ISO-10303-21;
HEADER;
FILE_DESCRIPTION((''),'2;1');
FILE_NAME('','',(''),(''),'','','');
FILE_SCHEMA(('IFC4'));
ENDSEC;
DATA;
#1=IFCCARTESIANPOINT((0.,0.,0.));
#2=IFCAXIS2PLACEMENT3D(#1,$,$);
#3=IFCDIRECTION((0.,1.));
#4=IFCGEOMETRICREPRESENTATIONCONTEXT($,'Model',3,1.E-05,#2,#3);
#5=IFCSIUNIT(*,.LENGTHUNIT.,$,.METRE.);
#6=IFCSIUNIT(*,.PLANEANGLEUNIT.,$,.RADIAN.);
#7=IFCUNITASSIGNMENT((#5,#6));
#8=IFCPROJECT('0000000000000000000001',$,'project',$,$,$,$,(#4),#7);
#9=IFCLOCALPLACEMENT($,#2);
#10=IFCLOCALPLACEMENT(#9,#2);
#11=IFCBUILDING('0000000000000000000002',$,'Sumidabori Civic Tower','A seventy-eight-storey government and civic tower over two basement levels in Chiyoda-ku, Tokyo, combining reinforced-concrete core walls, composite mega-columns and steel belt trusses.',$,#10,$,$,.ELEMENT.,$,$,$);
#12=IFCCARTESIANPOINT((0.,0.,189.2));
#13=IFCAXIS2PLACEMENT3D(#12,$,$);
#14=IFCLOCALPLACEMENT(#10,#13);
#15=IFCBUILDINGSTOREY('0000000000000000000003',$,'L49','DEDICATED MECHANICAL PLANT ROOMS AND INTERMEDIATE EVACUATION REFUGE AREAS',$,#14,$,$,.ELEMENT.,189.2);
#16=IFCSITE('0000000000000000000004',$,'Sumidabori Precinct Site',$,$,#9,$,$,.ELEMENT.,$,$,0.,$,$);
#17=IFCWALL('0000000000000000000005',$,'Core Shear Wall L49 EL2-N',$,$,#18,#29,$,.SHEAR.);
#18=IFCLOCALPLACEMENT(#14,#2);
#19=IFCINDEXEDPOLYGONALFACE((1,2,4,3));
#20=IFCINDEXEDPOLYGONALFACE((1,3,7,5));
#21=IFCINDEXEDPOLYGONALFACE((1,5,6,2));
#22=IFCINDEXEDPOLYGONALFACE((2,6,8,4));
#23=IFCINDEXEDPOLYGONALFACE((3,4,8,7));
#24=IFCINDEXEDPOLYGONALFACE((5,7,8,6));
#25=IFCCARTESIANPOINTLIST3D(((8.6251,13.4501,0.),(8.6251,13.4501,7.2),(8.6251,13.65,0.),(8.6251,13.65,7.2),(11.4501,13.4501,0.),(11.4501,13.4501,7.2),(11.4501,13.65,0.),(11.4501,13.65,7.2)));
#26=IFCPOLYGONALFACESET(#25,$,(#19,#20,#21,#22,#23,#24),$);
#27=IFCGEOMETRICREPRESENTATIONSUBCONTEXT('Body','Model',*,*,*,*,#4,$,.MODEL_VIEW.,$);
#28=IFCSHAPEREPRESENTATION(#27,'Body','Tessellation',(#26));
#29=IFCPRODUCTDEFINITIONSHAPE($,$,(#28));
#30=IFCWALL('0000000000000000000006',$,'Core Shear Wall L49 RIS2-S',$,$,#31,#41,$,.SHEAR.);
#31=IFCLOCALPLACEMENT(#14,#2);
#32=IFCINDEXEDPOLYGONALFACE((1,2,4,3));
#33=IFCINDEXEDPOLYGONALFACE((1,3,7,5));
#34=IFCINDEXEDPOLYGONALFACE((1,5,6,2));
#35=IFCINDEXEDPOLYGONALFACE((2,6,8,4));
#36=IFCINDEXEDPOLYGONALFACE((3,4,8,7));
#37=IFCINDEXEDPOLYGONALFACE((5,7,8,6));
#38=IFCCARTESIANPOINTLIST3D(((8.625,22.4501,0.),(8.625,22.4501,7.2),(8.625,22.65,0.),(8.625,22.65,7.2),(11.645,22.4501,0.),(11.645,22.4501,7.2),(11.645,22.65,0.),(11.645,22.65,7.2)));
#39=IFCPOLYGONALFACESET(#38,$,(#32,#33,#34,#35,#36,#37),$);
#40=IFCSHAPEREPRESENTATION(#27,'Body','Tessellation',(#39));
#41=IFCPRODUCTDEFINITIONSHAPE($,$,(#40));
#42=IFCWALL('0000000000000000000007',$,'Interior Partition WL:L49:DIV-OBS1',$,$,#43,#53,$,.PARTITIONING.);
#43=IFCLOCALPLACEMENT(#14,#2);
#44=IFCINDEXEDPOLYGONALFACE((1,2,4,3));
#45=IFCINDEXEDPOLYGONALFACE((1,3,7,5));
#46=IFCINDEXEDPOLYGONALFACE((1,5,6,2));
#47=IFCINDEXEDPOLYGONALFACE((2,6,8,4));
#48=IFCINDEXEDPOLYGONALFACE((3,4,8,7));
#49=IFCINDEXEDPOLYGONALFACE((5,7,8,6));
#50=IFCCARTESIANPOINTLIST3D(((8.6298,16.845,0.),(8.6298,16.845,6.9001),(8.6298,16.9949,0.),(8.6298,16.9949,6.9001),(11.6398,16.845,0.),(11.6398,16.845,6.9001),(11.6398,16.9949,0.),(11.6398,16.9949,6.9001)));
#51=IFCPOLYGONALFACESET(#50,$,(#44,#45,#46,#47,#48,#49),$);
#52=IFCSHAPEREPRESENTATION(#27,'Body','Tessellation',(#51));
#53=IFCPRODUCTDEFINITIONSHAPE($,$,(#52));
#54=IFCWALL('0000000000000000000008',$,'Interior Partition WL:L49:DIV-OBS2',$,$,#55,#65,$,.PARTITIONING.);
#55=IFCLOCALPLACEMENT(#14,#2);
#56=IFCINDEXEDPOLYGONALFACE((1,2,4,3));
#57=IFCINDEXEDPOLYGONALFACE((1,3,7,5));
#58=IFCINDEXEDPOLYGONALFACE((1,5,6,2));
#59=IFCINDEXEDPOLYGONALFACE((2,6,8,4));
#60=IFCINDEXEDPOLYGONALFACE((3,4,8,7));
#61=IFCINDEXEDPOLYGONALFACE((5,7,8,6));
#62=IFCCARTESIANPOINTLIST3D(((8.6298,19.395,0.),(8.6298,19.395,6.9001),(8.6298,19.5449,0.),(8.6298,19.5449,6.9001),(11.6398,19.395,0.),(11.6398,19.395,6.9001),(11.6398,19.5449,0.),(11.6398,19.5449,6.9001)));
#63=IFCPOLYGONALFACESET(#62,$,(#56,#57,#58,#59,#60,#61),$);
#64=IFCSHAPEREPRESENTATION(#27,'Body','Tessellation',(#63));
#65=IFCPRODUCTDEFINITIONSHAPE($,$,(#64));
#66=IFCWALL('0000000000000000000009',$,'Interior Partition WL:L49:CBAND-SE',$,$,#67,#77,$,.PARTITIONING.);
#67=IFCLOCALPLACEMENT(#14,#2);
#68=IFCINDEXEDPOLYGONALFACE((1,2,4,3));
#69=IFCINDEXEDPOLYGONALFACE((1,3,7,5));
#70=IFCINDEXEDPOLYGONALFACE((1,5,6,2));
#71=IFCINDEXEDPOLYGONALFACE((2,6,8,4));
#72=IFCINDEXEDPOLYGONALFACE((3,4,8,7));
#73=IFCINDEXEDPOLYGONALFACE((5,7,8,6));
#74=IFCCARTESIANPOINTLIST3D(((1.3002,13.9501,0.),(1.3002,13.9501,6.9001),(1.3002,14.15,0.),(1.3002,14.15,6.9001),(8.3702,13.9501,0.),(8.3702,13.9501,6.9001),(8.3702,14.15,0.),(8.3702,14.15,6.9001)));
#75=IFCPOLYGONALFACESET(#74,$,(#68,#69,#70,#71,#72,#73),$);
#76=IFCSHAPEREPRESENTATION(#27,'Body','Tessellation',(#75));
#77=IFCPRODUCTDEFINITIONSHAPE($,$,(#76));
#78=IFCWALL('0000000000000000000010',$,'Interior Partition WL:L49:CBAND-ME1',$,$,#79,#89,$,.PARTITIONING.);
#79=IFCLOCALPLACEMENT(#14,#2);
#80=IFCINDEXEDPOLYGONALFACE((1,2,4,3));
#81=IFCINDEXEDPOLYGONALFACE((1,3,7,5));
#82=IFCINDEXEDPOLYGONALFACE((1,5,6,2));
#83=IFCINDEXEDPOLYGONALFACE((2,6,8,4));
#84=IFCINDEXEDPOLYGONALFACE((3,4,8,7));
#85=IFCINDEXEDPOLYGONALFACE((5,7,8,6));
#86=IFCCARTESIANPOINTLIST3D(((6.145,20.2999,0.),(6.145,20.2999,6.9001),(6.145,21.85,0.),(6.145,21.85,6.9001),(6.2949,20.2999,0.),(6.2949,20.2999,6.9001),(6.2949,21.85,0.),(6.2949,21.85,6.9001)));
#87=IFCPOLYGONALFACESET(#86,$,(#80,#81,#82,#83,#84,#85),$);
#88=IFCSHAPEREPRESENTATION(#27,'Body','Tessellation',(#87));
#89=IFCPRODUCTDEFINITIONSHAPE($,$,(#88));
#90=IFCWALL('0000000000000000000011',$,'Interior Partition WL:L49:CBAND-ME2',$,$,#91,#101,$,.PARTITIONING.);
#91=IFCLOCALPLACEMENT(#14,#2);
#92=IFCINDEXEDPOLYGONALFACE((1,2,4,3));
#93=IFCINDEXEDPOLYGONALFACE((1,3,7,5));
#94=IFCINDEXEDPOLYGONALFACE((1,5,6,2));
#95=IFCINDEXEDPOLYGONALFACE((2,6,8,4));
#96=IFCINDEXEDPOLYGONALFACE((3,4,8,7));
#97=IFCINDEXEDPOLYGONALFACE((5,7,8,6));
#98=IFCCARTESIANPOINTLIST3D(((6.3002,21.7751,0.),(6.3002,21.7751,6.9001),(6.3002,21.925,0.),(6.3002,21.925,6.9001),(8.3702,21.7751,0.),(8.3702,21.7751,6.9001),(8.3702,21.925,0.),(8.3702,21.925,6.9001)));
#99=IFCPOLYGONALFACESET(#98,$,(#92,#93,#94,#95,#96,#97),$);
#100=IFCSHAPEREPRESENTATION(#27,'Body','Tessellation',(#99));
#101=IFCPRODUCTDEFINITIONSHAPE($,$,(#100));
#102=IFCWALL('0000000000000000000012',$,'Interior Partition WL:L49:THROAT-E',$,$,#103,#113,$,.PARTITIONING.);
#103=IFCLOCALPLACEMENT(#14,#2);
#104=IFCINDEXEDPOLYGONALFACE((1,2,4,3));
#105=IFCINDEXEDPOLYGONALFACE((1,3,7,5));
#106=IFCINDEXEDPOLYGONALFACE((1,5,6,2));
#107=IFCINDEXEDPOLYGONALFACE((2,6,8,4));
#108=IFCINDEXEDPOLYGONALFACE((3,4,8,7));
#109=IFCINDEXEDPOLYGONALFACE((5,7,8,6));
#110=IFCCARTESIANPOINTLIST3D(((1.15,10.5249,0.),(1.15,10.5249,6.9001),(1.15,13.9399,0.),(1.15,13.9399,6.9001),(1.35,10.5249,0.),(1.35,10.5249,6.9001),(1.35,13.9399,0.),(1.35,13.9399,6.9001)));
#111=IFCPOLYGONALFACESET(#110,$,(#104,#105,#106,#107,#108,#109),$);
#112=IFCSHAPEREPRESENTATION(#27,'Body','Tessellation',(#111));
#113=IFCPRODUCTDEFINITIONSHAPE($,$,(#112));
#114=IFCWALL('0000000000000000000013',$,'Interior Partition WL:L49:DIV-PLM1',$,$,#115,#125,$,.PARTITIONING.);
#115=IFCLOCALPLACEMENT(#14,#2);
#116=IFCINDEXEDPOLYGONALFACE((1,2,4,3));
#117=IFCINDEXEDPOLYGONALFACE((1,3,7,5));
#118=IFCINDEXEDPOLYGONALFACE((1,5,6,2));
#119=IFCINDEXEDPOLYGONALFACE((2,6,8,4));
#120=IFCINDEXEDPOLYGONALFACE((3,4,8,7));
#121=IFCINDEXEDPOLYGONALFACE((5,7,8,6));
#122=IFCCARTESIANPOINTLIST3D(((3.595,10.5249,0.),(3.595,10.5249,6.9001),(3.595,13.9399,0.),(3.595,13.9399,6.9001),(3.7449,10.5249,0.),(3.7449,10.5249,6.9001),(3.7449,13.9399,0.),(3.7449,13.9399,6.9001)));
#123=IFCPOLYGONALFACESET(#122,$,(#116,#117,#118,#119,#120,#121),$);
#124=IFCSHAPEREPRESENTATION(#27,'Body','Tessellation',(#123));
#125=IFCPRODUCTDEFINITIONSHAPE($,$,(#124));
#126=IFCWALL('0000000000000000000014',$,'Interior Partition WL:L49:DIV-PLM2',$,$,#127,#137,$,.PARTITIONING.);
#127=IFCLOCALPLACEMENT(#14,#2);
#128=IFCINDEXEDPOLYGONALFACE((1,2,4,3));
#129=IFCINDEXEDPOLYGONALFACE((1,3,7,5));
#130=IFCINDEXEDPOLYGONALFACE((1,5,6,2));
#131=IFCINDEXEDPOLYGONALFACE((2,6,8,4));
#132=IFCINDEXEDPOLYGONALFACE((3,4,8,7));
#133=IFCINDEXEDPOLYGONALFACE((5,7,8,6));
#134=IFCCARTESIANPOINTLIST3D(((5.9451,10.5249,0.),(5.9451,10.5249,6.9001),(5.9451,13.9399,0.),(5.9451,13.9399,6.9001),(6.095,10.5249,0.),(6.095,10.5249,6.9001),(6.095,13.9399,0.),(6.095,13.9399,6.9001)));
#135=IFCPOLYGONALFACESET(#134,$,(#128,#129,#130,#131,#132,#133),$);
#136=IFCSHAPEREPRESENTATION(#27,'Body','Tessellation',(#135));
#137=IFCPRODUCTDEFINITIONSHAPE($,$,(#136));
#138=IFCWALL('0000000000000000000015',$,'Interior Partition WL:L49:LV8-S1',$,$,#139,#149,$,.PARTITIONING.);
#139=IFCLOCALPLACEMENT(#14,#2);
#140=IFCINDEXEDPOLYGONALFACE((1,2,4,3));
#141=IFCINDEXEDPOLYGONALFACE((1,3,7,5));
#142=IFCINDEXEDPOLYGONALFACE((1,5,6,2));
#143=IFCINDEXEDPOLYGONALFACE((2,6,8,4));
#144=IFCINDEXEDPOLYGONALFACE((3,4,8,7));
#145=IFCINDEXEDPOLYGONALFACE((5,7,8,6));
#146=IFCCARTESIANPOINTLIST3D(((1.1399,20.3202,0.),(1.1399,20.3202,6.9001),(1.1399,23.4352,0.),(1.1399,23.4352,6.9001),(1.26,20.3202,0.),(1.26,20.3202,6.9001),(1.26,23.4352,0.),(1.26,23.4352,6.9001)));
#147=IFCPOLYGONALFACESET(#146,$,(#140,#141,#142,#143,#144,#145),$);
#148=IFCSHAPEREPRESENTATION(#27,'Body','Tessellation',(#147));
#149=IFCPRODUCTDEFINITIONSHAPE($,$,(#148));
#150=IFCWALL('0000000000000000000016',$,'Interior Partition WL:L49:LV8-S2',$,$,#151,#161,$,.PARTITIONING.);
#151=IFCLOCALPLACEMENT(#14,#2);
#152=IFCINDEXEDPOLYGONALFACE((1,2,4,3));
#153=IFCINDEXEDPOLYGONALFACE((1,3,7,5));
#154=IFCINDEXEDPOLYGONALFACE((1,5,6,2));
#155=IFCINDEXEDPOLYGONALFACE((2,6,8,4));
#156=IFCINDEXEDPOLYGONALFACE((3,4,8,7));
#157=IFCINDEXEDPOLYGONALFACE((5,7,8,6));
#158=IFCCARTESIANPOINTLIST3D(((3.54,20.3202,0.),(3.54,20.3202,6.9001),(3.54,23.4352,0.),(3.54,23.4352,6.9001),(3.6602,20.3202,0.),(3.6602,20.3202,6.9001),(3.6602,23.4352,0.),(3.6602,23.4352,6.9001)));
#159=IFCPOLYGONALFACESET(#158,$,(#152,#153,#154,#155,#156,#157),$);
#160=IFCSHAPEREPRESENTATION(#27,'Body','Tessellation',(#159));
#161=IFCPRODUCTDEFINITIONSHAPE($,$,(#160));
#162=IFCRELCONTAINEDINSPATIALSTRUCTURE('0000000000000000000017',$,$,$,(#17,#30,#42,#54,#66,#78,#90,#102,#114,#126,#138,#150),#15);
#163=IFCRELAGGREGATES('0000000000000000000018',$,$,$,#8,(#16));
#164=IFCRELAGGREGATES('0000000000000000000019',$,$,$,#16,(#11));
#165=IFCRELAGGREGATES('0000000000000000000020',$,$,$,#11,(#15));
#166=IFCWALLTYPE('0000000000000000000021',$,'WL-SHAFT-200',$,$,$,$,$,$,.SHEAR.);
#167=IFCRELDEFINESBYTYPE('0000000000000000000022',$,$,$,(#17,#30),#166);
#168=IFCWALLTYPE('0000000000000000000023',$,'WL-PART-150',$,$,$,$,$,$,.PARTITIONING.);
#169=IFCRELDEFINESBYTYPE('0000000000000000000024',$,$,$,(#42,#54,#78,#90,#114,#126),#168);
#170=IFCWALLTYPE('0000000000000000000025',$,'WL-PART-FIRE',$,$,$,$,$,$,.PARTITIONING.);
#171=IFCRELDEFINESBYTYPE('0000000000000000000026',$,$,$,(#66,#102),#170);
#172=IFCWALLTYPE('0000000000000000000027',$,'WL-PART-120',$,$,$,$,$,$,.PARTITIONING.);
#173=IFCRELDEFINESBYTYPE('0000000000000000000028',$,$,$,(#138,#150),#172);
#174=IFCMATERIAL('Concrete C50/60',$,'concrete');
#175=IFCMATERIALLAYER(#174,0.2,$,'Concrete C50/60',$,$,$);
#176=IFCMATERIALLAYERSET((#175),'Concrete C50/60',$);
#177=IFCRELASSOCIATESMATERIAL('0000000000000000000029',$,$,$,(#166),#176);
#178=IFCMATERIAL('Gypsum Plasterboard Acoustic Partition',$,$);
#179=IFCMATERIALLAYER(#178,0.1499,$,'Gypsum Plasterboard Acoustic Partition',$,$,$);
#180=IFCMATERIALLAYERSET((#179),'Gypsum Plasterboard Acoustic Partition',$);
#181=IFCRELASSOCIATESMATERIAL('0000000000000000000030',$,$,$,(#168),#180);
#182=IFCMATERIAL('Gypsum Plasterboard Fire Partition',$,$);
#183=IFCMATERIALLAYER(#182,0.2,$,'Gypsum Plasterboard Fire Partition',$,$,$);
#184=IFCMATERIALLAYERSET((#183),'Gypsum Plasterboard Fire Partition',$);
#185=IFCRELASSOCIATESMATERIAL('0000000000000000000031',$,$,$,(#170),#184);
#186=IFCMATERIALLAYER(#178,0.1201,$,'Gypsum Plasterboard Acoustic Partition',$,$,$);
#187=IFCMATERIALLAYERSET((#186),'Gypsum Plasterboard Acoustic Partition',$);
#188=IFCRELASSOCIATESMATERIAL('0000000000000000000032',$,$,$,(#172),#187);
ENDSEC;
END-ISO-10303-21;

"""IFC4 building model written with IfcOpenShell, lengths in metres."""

from ifc_helpers import new_model, si_unit, direction, frame, frame_2d, origin, place, context, subcontext, project, spatial, rectangle, extrude, source, transform, mapped, material, layer, layer_set, type_object, element, save


model = new_model("IFC4")

# Units and contexts
model_context = context("Model", 3, precision=1e-05, world=origin(), true_north=direction((0.0, 1.0)))
body_context = subcontext(model_context, "Body", "Model", "MODEL_VIEW")
ifc_project = project(units=[si_unit("LENGTHUNIT", "METRE"), si_unit("PLANEANGLEUNIT", "RADIAN")], contexts=[model_context])

# Site, building, storey
site_placement = place(None, origin())
site = spatial("IfcSite", under=ifc_project, at=site_placement, Name="Sumidabori Precinct Site", CompositionType="ELEMENT", RefElevation=0.0)
building_placement = place(site_placement, origin())
building = spatial("IfcBuilding", under=site, at=building_placement, Name="Sumidabori Civic Tower", Description="A seventy-eight-storey government and civic tower over two basement levels in Chiyoda-ku, Tokyo, combining reinforced-concrete core walls, composite mega-columns and steel belt trusses.", CompositionType="ELEMENT")
storey_placement = place(building_placement, frame((0.0, 0.0, 189.2)))
storey = spatial("IfcBuildingStorey", under=building, at=storey_placement, Name="L49", Description="DEDICATED MECHANICAL PLANT ROOMS AND INTERMEDIATE EVACUATION REFUGE AREAS", CompositionType="ELEMENT", Elevation=189.2)

# Shared definitions
ifc_material_1 = material(Name="Concrete C50/60", Category="concrete")

# Shared definitions
ifc_layer_1 = layer(ifc_material_1, 0.2, Name="Concrete C50/60")
ifc_layer_set_1 = layer_set([ifc_layer_1], Name="Concrete C50/60")
wall_type_1 = type_object("IfcWallType", Name="WL-SHAFT-200", PredefinedType="SHEAR", material=ifc_layer_set_1)

# Walls
shared_shape_1 = source(origin(), body_context, "Body", "SweptSolid", [
    extrude(rectangle(XDim=2.825, YDim=0.2, at=frame_2d((1.4126, 0.0))), origin(), (0.0, 0.0, 1.0), 7.2),
])
wall_1_placement = place(storey_placement, frame((8.625, 13.55, 0.0), z_axis=(0.0, 0.0, 1.0), x_axis=(1.0, 0.0, 0.0)))
element("IfcWall", 1, at=wall_1_placement, inside=storey, type_object=wall_type_1, Name="Core Shear Wall L49 EL2-N", PredefinedType="SHEAR", context=body_context, shape_type="MappedRepresentation", body=[
    mapped(shared_shape_1, transform((0.0, 0.0, 0.0), x_axis=(1.0, 0.0, 0.0), y_axis=(0.0, 1.0, 0.0), z_axis=(0.0, 0.0, 1.0), scale=1.0)),
])
shared_shape_2 = source(origin(), body_context, "Body", "SweptSolid", [
    extrude(rectangle(XDim=3.02, YDim=0.2, at=frame_2d((1.51, 0.0))), origin(), (0.0, 0.0, 1.0), 7.2),
])
wall_2_placement = place(storey_placement, frame((8.625, 22.55, 0.0), z_axis=(0.0, 0.0, 1.0), x_axis=(1.0, 0.0, 0.0)))
element("IfcWall", 2, at=wall_2_placement, inside=storey, type_object=wall_type_1, Name="Core Shear Wall L49 RIS2-S", PredefinedType="SHEAR", context=body_context, shape_type="MappedRepresentation", body=[
    mapped(shared_shape_2, transform((0.0, 0.0, 0.0), x_axis=(1.0, 0.0, 0.0), y_axis=(0.0, 1.0, 0.0), z_axis=(0.0, 0.0, 1.0), scale=1.0)),
])
ifc_material_2 = material(Name="Gypsum Plasterboard Acoustic Partition")
ifc_layer_2 = layer(ifc_material_2, 0.1499, Name="Gypsum Plasterboard Acoustic Partition")
ifc_layer_set_2 = layer_set([ifc_layer_2], Name="Gypsum Plasterboard Acoustic Partition")
wall_type_2 = type_object("IfcWallType", Name="WL-PART-150", PredefinedType="PARTITIONING", material=ifc_layer_set_2)
shared_shape_3 = source(origin(), body_context, "Body", "SweptSolid", [
    extrude(rectangle(XDim=3.01, YDim=0.1499, at=frame_2d((1.5049, 0.0))), origin(), (0.0, 0.0, 1.0), 6.9001),
])
for number, where, z_axis, x_axis, name in (
    (3, (8.6299, 16.9199, 0.0), (0.0, 0.0, 1.0), (1.0, 0.0, 0.0), "Interior Partition WL:L49:DIV-OBS1"),
    (4, (8.6299, 19.47, 0.0), (0.0, 0.0, 1.0), (1.0, 0.0, 0.0), "Interior Partition WL:L49:DIV-OBS2"),
):
    element("IfcWall", number, at=place(storey_placement, frame(where, z_axis=z_axis, x_axis=x_axis)), inside=storey, type_object=wall_type_2, Name=name, PredefinedType="PARTITIONING", context=body_context, shape_type="MappedRepresentation", body=[
        mapped(shared_shape_3, transform((0.0, 0.0, 0.0), x_axis=(1.0, 0.0, 0.0), y_axis=(0.0, 1.0, 0.0), z_axis=(0.0, 0.0, 1.0), scale=1.0)),
    ])
ifc_material_3 = material(Name="Gypsum Plasterboard Fire Partition")
ifc_layer_3 = layer(ifc_material_3, 0.2, Name="Gypsum Plasterboard Fire Partition")
ifc_layer_set_3 = layer_set([ifc_layer_3], Name="Gypsum Plasterboard Fire Partition")
wall_type_3 = type_object("IfcWallType", Name="WL-PART-FIRE", PredefinedType="PARTITIONING", material=ifc_layer_set_3)
shared_shape_4 = source(origin(), body_context, "Body", "SweptSolid", [
    extrude(rectangle(XDim=7.0701, YDim=0.2, at=frame_2d((3.5352, 0.0))), origin(), (0.0, 0.0, 1.0), 6.9001),
])
wall_3_placement = place(storey_placement, frame((1.3, 14.05, 0.0), z_axis=(0.0, 0.0, 1.0), x_axis=(1.0, 0.0, 0.0)))
element("IfcWall", 5, at=wall_3_placement, inside=storey, type_object=wall_type_3, Name="Interior Partition WL:L49:CBAND-SE", PredefinedType="PARTITIONING", context=body_context, shape_type="MappedRepresentation", body=[
    mapped(shared_shape_4, transform((0.0, 0.0, 0.0), x_axis=(1.0, 0.0, 0.0), y_axis=(0.0, 1.0, 0.0), z_axis=(0.0, 0.0, 1.0), scale=1.0)),
])
shared_shape_5 = source(origin(), body_context, "Body", "SweptSolid", [
    extrude(rectangle(XDim=1.55, YDim=0.1499, at=frame_2d((0.7749, 0.0))), origin(), (0.0, 0.0, 1.0), 6.9001),
])
wall_4_placement = place(storey_placement, frame((6.22, 20.3, 0.0), z_axis=(0.0, 0.0, 1.0), x_axis=(0.0, 1.0, 0.0)))
element("IfcWall", 6, at=wall_4_placement, inside=storey, type_object=wall_type_2, Name="Interior Partition WL:L49:CBAND-ME1", PredefinedType="PARTITIONING", context=body_context, shape_type="MappedRepresentation", body=[
    mapped(shared_shape_5, transform((0.0, 0.0, 0.0), x_axis=(1.0, 0.0, 0.0), y_axis=(0.0, 1.0, 0.0), z_axis=(0.0, 0.0, 1.0), scale=1.0)),
])
shared_shape_6 = source(origin(), body_context, "Body", "SweptSolid", [
    extrude(rectangle(XDim=2.0701, YDim=0.1499, at=frame_2d((1.0352, 0.0))), origin(), (0.0, 0.0, 1.0), 6.9001),
])
wall_5_placement = place(storey_placement, frame((6.3, 21.8501, 0.0), z_axis=(0.0, 0.0, 1.0), x_axis=(1.0, 0.0, 0.0)))
element("IfcWall", 7, at=wall_5_placement, inside=storey, type_object=wall_type_2, Name="Interior Partition WL:L49:CBAND-ME2", PredefinedType="PARTITIONING", context=body_context, shape_type="MappedRepresentation", body=[
    mapped(shared_shape_6, transform((0.0, 0.0, 0.0), x_axis=(1.0, 0.0, 0.0), y_axis=(0.0, 1.0, 0.0), z_axis=(0.0, 0.0, 1.0), scale=1.0)),
])
shared_shape_7 = source(origin(), body_context, "Body", "SweptSolid", [
    extrude(rectangle(XDim=3.415, YDim=0.2, at=frame_2d((1.7075, 0.0))), origin(), (0.0, 0.0, 1.0), 6.9001),
])
wall_6_placement = place(storey_placement, frame((1.25, 10.5249, 0.0), z_axis=(0.0, 0.0, 1.0), x_axis=(0.0, 1.0, 0.0)))
element("IfcWall", 8, at=wall_6_placement, inside=storey, type_object=wall_type_3, Name="Interior Partition WL:L49:THROAT-E", PredefinedType="PARTITIONING", context=body_context, shape_type="MappedRepresentation", body=[
    mapped(shared_shape_7, transform((0.0, 0.0, 0.0), x_axis=(1.0, 0.0, 0.0), y_axis=(0.0, 1.0, 0.0), z_axis=(0.0, 0.0, 1.0), scale=1.0)),
])
shared_shape_8 = source(origin(), body_context, "Body", "SweptSolid", [
    extrude(rectangle(XDim=3.415, YDim=0.1499, at=frame_2d((1.7075, 0.0))), origin(), (0.0, 0.0, 1.0), 6.9001),
])
for number, where, z_axis, x_axis, name in (
    (9, (3.6699, 10.5249, 0.0), (0.0, 0.0, 1.0), (0.0, 1.0, 0.0), "Interior Partition WL:L49:DIV-PLM1"),
    (10, (6.02, 10.5249, 0.0), (0.0, 0.0, 1.0), (0.0, 1.0, 0.0), "Interior Partition WL:L49:DIV-PLM2"),
):
    element("IfcWall", number, at=place(storey_placement, frame(where, z_axis=z_axis, x_axis=x_axis)), inside=storey, type_object=wall_type_2, Name=name, PredefinedType="PARTITIONING", context=body_context, shape_type="MappedRepresentation", body=[
        mapped(shared_shape_8, transform((0.0, 0.0, 0.0), x_axis=(1.0, 0.0, 0.0), y_axis=(0.0, 1.0, 0.0), z_axis=(0.0, 0.0, 1.0), scale=1.0)),
    ])
ifc_layer_4 = layer(ifc_material_2, 0.1201, Name="Gypsum Plasterboard Acoustic Partition")
ifc_layer_set_4 = layer_set([ifc_layer_4], Name="Gypsum Plasterboard Acoustic Partition")
wall_type_4 = type_object("IfcWallType", Name="WL-PART-120", PredefinedType="PARTITIONING", material=ifc_layer_set_4)
shared_shape_9 = source(origin(), body_context, "Body", "SweptSolid", [
    extrude(rectangle(XDim=3.115, YDim=0.1201, at=frame_2d((1.5576, 0.0))), origin(), (0.0, 0.0, 1.0), 6.9001),
])
for number, where, z_axis, x_axis, name in (
    (11, (1.2, 20.3201, 0.0), (0.0, 0.0, 1.0), (0.0, 1.0, 0.0), "Interior Partition WL:L49:LV8-S1"),
    (12, (3.6001, 20.3201, 0.0), (0.0, 0.0, 1.0), (0.0, 1.0, 0.0), "Interior Partition WL:L49:LV8-S2"),
):
    element("IfcWall", number, at=place(storey_placement, frame(where, z_axis=z_axis, x_axis=x_axis)), inside=storey, type_object=wall_type_4, Name=name, PredefinedType="PARTITIONING", context=body_context, shape_type="MappedRepresentation", body=[
        mapped(shared_shape_9, transform((0.0, 0.0, 0.0), x_axis=(1.0, 0.0, 0.0), y_axis=(0.0, 1.0, 0.0), z_axis=(0.0, 0.0, 1.0), scale=1.0)),
    ])

save(model, "model.ifc")
